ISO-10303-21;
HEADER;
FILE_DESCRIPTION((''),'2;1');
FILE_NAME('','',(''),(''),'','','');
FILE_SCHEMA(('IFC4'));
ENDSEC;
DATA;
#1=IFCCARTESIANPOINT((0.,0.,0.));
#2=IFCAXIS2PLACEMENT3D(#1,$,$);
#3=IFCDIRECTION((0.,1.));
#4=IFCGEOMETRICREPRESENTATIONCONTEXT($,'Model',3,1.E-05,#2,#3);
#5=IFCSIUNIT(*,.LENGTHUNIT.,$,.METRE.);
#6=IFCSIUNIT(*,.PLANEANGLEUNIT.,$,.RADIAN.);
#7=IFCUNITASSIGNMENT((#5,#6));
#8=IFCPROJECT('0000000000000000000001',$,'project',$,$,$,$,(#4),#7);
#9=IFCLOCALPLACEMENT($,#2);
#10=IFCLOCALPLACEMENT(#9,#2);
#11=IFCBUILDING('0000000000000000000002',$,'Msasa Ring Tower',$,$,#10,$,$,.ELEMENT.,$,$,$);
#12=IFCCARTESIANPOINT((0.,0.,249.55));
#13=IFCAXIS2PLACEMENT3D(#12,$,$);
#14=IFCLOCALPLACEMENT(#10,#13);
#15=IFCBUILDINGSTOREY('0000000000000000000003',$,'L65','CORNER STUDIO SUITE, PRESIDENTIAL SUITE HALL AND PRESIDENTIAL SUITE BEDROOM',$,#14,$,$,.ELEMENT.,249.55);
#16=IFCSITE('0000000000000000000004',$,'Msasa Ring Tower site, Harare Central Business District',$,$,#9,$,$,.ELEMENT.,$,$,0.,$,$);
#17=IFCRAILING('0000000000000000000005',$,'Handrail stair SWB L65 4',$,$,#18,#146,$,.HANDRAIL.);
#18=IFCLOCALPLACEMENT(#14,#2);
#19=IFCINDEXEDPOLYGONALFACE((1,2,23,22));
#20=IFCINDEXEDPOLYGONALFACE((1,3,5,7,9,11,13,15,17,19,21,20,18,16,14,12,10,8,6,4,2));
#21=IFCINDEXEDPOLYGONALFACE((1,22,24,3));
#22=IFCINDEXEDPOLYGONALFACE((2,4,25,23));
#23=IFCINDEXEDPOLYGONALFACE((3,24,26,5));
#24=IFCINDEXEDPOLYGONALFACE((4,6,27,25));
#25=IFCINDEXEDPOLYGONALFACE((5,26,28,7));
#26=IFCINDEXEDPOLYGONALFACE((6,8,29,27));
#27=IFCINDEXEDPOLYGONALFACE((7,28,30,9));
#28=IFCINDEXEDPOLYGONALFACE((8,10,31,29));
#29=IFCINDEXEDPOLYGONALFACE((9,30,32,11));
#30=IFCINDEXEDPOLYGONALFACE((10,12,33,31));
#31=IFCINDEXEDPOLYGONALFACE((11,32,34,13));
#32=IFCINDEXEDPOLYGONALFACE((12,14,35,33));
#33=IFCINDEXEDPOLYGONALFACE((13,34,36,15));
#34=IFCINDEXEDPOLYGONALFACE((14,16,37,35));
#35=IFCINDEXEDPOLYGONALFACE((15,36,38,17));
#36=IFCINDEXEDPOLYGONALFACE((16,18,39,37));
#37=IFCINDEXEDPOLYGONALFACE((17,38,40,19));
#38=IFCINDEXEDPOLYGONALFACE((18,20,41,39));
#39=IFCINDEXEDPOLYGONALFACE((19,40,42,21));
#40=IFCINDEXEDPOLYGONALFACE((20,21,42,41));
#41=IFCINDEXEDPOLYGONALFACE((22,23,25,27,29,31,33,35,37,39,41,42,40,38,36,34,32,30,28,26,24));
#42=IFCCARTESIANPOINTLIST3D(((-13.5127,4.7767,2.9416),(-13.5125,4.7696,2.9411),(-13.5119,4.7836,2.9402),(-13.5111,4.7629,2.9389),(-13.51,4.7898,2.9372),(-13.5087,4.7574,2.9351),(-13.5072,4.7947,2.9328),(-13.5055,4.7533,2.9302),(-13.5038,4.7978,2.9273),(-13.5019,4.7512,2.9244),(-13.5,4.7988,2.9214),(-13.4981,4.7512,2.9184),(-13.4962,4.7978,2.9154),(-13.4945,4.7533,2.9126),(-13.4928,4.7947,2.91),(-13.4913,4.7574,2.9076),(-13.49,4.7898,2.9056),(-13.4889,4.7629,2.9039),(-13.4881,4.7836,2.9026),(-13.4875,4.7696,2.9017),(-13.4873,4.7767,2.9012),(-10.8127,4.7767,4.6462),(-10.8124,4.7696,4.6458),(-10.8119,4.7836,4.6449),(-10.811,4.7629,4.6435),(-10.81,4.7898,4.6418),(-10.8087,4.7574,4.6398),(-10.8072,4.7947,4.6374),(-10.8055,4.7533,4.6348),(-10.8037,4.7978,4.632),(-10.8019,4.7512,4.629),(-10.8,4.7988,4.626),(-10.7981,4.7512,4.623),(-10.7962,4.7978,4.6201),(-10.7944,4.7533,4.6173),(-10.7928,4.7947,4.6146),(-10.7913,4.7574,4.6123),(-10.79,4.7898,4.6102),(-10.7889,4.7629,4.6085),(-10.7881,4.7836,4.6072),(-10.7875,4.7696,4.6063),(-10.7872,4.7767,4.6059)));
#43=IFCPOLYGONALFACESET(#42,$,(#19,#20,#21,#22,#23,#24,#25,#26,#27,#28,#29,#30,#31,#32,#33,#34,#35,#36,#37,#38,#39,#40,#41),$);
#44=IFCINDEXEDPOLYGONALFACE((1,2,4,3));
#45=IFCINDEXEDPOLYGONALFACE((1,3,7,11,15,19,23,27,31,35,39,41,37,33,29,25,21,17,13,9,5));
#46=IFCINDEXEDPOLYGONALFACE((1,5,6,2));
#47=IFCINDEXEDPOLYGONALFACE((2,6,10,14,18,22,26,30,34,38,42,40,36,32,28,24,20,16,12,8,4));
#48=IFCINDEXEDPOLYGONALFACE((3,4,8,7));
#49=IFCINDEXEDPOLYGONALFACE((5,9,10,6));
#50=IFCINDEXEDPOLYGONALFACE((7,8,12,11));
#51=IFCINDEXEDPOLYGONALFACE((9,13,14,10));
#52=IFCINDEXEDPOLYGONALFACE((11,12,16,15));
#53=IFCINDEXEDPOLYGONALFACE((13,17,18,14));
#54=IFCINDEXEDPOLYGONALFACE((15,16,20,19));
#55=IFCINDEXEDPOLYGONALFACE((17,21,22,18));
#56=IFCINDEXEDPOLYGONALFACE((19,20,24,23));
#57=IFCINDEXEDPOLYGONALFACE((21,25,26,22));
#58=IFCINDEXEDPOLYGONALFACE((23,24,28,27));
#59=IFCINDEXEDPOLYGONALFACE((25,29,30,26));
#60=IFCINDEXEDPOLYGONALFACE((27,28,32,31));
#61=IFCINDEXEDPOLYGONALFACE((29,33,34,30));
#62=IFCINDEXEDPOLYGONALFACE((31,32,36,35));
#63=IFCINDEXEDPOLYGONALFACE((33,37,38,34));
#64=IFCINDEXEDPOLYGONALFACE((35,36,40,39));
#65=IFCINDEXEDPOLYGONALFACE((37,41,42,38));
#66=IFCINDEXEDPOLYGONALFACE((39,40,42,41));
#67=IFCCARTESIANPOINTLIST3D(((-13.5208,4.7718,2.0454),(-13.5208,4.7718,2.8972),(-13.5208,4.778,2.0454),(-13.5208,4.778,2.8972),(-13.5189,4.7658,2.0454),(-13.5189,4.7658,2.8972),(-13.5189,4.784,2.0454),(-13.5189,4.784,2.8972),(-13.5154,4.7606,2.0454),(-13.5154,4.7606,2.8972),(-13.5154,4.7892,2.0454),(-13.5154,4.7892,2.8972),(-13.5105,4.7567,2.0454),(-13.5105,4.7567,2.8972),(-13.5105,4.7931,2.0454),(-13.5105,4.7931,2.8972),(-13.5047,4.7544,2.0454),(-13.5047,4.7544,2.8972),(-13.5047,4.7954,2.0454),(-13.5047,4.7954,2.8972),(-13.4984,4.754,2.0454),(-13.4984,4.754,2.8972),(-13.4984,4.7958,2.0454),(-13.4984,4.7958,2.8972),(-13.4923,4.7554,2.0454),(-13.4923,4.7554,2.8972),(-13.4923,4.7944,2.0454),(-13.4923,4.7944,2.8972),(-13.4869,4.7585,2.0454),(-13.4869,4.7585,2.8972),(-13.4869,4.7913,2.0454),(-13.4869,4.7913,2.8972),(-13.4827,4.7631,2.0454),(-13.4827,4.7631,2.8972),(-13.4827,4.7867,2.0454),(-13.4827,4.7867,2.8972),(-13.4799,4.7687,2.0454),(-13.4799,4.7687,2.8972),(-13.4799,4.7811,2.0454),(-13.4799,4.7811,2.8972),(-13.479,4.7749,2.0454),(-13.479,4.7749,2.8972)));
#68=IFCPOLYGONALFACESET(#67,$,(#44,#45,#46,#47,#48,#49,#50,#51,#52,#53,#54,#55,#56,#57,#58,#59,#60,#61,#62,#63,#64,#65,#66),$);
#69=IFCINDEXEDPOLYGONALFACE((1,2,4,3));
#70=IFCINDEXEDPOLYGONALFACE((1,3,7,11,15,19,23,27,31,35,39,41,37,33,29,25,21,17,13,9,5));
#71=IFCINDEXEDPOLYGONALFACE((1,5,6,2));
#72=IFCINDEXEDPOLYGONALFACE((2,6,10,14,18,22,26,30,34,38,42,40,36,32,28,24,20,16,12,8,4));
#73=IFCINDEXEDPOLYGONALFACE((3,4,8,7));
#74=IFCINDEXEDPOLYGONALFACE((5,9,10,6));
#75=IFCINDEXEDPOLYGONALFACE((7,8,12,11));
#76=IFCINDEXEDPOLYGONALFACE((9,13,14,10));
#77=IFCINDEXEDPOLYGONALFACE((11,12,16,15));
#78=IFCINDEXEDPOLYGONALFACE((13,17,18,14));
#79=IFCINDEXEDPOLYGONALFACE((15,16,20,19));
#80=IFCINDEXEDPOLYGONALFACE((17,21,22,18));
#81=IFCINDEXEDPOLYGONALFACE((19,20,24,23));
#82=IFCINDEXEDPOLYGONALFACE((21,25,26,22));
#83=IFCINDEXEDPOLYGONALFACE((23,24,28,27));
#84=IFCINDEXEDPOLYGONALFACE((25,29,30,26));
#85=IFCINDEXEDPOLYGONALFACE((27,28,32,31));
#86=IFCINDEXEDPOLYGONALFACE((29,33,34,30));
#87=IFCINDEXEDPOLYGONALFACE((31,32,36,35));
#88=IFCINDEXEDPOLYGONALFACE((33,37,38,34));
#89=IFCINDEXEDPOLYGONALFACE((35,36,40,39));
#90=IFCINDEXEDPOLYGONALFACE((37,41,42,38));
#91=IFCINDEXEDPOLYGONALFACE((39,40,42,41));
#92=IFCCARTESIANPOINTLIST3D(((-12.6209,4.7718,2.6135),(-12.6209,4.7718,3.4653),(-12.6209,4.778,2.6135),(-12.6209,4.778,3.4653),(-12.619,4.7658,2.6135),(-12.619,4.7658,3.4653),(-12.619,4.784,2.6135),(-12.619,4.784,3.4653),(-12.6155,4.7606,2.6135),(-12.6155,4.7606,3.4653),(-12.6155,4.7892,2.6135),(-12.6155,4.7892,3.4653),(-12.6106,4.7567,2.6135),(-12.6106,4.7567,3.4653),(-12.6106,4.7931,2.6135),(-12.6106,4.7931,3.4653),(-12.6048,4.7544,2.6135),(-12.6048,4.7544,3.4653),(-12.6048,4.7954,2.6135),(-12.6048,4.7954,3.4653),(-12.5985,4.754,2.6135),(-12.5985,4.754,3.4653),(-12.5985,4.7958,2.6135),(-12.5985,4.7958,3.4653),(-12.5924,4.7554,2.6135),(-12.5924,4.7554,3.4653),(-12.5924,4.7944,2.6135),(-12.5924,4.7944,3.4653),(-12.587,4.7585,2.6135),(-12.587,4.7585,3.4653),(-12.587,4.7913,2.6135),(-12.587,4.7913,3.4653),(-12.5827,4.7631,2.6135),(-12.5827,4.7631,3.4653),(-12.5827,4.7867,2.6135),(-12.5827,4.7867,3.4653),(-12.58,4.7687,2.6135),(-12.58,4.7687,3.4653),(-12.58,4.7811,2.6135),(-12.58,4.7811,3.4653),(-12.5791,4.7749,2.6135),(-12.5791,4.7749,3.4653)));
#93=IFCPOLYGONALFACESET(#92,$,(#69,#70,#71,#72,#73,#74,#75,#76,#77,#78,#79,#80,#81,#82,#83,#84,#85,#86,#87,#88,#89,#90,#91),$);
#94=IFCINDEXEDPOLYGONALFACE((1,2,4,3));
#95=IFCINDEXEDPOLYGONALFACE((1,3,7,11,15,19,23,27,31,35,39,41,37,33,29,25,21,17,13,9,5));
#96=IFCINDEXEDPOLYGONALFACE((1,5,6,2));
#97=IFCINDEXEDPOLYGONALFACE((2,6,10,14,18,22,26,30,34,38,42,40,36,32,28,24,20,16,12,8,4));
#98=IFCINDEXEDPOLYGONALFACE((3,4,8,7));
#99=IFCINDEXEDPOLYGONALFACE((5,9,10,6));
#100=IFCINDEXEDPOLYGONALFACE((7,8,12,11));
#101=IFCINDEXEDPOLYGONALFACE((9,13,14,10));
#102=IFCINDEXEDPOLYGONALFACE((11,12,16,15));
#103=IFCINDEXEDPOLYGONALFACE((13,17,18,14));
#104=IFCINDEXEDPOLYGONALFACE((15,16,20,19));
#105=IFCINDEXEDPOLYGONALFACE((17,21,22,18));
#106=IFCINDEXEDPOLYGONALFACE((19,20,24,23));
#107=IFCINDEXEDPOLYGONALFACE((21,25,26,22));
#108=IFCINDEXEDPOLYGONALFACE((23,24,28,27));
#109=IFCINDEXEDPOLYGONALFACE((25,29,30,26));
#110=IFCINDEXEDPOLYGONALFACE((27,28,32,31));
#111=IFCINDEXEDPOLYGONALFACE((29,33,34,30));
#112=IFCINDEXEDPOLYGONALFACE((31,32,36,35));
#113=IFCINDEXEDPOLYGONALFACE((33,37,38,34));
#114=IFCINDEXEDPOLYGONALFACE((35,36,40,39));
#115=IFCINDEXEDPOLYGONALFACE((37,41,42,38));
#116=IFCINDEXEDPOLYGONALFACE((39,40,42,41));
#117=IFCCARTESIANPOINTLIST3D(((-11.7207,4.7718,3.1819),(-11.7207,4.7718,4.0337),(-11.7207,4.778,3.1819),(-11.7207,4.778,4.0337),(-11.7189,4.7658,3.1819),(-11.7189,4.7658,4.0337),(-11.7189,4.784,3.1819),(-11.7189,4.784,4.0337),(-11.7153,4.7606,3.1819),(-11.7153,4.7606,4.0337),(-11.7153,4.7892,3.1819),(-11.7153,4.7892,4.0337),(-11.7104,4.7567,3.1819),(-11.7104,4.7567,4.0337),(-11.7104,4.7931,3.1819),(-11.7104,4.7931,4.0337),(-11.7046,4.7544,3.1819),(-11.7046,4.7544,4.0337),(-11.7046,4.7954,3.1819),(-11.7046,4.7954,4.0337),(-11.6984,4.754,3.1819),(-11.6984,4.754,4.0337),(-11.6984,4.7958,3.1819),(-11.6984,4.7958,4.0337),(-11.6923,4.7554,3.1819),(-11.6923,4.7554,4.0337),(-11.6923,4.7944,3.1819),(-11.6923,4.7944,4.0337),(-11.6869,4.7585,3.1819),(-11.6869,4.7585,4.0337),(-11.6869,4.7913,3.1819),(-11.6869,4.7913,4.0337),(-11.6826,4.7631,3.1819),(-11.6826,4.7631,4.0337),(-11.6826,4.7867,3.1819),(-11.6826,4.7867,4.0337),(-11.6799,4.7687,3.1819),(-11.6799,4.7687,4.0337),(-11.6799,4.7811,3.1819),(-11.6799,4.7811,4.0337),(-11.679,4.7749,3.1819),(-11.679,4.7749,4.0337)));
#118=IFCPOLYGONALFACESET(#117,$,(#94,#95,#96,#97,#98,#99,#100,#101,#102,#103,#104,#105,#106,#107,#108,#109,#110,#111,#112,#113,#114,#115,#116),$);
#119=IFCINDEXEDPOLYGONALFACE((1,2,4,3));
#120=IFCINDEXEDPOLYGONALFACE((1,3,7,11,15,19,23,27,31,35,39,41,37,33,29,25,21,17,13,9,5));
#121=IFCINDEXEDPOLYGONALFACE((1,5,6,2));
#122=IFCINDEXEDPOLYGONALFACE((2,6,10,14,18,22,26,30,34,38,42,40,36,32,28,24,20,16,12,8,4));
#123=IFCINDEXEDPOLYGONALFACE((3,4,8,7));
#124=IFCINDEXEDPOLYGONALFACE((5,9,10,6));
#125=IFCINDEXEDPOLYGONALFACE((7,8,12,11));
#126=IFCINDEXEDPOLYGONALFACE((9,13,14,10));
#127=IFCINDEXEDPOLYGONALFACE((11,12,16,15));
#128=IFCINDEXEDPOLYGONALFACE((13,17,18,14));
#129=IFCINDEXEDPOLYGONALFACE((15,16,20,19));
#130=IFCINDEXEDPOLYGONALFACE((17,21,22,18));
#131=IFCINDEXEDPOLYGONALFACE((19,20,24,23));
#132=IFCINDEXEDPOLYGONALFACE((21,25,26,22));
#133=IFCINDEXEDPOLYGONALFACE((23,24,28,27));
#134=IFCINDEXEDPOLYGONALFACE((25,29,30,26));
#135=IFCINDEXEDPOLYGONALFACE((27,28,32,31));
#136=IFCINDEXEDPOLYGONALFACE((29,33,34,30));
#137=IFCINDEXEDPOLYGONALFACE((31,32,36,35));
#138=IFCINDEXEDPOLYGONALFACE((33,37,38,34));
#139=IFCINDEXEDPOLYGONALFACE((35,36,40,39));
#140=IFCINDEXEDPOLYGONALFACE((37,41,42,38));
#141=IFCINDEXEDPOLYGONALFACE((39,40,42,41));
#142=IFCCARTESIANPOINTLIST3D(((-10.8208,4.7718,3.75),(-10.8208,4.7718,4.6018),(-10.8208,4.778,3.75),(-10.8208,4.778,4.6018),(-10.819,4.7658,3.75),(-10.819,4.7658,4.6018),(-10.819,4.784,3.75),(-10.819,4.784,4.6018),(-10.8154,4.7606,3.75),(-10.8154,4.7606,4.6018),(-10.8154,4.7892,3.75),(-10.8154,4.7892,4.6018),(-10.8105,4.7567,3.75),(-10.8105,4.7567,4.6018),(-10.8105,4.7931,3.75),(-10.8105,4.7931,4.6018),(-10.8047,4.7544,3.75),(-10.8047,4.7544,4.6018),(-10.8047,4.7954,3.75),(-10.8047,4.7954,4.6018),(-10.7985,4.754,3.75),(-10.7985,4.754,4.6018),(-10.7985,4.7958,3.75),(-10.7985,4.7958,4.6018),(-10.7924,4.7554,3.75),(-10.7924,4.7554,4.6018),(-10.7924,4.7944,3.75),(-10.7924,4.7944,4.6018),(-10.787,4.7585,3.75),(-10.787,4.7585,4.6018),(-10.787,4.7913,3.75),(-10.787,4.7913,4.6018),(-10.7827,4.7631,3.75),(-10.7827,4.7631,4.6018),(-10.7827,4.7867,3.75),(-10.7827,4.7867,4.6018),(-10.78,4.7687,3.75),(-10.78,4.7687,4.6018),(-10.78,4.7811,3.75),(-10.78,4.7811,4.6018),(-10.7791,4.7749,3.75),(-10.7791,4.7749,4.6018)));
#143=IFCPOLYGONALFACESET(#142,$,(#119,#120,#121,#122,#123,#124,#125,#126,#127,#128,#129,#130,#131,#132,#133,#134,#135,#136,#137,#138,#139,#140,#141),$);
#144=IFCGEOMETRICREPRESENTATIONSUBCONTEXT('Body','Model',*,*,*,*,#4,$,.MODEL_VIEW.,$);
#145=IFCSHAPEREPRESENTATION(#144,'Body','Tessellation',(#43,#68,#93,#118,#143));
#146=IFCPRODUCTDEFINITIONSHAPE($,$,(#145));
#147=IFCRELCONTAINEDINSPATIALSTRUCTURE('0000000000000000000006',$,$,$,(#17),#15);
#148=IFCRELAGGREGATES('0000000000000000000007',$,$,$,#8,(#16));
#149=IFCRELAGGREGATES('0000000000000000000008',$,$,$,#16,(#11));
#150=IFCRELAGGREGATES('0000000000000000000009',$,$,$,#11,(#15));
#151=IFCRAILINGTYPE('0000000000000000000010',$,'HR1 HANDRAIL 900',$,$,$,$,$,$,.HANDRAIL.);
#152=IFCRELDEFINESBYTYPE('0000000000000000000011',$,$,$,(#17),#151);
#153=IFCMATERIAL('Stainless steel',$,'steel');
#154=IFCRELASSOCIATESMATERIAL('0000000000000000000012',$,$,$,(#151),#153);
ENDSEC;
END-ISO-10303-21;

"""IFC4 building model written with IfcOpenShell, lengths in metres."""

from ifc_helpers import new_model, si_unit, direction, frame, origin, origin_2d, place, context, subcontext, project, spatial, circle, extrude, material, type_object, element, save


model = new_model("IFC4")

# Units and contexts
model_context = context("Model", 3, precision=1e-05, world=origin(), true_north=direction((0.0, 1.0)))
body_context = subcontext(model_context, "Body", "Model", "MODEL_VIEW")
ifc_project = project(units=[si_unit("LENGTHUNIT", "METRE"), si_unit("PLANEANGLEUNIT", "RADIAN")], contexts=[model_context])

# Site, building, storey
site_placement = place(None, origin())
site = spatial("IfcSite", under=ifc_project, at=site_placement, Name="Msasa Ring Tower site, Harare Central Business District", CompositionType="ELEMENT", RefElevation=0.0)
building_placement = place(site_placement, origin())
building = spatial("IfcBuilding", under=site, at=building_placement, Name="Msasa Ring Tower", CompositionType="ELEMENT")
storey_placement = place(building_placement, frame((0.0, 0.0, 249.55)))
storey = spatial("IfcBuildingStorey", under=building, at=storey_placement, Name="L65", Description="CORNER STUDIO SUITE, PRESIDENTIAL SUITE HALL AND PRESIDENTIAL SUITE BEDROOM", CompositionType="ELEMENT", Elevation=249.55)

# Railing
ifc_material_1 = material(Name="Stainless steel", Category="steel")
railing_type = type_object("IfcRailingType", Name="HR1 HANDRAIL 900", PredefinedType="HANDRAIL", material=ifc_material_1)
for number, where, name in (
    (1, (-13.5, 4.7749, 2.0454), "Handrail stair SWB L65 4"),
):
    element("IfcRailing", number, at=place(storey_placement, frame(where)), inside=storey, type_object=railing_type, Name=name, PredefinedType="HANDRAIL", context=body_context, shape_type="SweptSolid", body=[
        extrude(circle(Radius=0.0239, at=origin_2d()), frame((0.0, 0.0, 0.876), z_axis=(0.84558, 0.0, 0.533849), x_axis=(0.0, 1.0, 0.0)), (0.0, 0.0, 1.0), 3.1931),
        extrude(circle(Radius=0.021, at=origin_2d()), origin(), (0.0, 0.0, 1.0), 0.8518),
        extrude(circle(Radius=0.021, at=origin_2d()), frame((0.8999, 0.0, 0.5681)), (0.0, 0.0, 1.0), 0.8518),
        extrude(circle(Radius=0.021, at=origin_2d()), frame((1.8, 0.0, 1.1365)), (0.0, 0.0, 1.0), 0.8518),
        extrude(circle(Radius=0.021, at=origin_2d()), frame((2.7, 0.0, 1.7046)), (0.0, 0.0, 1.0), 0.8518),
    ])

save(model, "model.ifc")
